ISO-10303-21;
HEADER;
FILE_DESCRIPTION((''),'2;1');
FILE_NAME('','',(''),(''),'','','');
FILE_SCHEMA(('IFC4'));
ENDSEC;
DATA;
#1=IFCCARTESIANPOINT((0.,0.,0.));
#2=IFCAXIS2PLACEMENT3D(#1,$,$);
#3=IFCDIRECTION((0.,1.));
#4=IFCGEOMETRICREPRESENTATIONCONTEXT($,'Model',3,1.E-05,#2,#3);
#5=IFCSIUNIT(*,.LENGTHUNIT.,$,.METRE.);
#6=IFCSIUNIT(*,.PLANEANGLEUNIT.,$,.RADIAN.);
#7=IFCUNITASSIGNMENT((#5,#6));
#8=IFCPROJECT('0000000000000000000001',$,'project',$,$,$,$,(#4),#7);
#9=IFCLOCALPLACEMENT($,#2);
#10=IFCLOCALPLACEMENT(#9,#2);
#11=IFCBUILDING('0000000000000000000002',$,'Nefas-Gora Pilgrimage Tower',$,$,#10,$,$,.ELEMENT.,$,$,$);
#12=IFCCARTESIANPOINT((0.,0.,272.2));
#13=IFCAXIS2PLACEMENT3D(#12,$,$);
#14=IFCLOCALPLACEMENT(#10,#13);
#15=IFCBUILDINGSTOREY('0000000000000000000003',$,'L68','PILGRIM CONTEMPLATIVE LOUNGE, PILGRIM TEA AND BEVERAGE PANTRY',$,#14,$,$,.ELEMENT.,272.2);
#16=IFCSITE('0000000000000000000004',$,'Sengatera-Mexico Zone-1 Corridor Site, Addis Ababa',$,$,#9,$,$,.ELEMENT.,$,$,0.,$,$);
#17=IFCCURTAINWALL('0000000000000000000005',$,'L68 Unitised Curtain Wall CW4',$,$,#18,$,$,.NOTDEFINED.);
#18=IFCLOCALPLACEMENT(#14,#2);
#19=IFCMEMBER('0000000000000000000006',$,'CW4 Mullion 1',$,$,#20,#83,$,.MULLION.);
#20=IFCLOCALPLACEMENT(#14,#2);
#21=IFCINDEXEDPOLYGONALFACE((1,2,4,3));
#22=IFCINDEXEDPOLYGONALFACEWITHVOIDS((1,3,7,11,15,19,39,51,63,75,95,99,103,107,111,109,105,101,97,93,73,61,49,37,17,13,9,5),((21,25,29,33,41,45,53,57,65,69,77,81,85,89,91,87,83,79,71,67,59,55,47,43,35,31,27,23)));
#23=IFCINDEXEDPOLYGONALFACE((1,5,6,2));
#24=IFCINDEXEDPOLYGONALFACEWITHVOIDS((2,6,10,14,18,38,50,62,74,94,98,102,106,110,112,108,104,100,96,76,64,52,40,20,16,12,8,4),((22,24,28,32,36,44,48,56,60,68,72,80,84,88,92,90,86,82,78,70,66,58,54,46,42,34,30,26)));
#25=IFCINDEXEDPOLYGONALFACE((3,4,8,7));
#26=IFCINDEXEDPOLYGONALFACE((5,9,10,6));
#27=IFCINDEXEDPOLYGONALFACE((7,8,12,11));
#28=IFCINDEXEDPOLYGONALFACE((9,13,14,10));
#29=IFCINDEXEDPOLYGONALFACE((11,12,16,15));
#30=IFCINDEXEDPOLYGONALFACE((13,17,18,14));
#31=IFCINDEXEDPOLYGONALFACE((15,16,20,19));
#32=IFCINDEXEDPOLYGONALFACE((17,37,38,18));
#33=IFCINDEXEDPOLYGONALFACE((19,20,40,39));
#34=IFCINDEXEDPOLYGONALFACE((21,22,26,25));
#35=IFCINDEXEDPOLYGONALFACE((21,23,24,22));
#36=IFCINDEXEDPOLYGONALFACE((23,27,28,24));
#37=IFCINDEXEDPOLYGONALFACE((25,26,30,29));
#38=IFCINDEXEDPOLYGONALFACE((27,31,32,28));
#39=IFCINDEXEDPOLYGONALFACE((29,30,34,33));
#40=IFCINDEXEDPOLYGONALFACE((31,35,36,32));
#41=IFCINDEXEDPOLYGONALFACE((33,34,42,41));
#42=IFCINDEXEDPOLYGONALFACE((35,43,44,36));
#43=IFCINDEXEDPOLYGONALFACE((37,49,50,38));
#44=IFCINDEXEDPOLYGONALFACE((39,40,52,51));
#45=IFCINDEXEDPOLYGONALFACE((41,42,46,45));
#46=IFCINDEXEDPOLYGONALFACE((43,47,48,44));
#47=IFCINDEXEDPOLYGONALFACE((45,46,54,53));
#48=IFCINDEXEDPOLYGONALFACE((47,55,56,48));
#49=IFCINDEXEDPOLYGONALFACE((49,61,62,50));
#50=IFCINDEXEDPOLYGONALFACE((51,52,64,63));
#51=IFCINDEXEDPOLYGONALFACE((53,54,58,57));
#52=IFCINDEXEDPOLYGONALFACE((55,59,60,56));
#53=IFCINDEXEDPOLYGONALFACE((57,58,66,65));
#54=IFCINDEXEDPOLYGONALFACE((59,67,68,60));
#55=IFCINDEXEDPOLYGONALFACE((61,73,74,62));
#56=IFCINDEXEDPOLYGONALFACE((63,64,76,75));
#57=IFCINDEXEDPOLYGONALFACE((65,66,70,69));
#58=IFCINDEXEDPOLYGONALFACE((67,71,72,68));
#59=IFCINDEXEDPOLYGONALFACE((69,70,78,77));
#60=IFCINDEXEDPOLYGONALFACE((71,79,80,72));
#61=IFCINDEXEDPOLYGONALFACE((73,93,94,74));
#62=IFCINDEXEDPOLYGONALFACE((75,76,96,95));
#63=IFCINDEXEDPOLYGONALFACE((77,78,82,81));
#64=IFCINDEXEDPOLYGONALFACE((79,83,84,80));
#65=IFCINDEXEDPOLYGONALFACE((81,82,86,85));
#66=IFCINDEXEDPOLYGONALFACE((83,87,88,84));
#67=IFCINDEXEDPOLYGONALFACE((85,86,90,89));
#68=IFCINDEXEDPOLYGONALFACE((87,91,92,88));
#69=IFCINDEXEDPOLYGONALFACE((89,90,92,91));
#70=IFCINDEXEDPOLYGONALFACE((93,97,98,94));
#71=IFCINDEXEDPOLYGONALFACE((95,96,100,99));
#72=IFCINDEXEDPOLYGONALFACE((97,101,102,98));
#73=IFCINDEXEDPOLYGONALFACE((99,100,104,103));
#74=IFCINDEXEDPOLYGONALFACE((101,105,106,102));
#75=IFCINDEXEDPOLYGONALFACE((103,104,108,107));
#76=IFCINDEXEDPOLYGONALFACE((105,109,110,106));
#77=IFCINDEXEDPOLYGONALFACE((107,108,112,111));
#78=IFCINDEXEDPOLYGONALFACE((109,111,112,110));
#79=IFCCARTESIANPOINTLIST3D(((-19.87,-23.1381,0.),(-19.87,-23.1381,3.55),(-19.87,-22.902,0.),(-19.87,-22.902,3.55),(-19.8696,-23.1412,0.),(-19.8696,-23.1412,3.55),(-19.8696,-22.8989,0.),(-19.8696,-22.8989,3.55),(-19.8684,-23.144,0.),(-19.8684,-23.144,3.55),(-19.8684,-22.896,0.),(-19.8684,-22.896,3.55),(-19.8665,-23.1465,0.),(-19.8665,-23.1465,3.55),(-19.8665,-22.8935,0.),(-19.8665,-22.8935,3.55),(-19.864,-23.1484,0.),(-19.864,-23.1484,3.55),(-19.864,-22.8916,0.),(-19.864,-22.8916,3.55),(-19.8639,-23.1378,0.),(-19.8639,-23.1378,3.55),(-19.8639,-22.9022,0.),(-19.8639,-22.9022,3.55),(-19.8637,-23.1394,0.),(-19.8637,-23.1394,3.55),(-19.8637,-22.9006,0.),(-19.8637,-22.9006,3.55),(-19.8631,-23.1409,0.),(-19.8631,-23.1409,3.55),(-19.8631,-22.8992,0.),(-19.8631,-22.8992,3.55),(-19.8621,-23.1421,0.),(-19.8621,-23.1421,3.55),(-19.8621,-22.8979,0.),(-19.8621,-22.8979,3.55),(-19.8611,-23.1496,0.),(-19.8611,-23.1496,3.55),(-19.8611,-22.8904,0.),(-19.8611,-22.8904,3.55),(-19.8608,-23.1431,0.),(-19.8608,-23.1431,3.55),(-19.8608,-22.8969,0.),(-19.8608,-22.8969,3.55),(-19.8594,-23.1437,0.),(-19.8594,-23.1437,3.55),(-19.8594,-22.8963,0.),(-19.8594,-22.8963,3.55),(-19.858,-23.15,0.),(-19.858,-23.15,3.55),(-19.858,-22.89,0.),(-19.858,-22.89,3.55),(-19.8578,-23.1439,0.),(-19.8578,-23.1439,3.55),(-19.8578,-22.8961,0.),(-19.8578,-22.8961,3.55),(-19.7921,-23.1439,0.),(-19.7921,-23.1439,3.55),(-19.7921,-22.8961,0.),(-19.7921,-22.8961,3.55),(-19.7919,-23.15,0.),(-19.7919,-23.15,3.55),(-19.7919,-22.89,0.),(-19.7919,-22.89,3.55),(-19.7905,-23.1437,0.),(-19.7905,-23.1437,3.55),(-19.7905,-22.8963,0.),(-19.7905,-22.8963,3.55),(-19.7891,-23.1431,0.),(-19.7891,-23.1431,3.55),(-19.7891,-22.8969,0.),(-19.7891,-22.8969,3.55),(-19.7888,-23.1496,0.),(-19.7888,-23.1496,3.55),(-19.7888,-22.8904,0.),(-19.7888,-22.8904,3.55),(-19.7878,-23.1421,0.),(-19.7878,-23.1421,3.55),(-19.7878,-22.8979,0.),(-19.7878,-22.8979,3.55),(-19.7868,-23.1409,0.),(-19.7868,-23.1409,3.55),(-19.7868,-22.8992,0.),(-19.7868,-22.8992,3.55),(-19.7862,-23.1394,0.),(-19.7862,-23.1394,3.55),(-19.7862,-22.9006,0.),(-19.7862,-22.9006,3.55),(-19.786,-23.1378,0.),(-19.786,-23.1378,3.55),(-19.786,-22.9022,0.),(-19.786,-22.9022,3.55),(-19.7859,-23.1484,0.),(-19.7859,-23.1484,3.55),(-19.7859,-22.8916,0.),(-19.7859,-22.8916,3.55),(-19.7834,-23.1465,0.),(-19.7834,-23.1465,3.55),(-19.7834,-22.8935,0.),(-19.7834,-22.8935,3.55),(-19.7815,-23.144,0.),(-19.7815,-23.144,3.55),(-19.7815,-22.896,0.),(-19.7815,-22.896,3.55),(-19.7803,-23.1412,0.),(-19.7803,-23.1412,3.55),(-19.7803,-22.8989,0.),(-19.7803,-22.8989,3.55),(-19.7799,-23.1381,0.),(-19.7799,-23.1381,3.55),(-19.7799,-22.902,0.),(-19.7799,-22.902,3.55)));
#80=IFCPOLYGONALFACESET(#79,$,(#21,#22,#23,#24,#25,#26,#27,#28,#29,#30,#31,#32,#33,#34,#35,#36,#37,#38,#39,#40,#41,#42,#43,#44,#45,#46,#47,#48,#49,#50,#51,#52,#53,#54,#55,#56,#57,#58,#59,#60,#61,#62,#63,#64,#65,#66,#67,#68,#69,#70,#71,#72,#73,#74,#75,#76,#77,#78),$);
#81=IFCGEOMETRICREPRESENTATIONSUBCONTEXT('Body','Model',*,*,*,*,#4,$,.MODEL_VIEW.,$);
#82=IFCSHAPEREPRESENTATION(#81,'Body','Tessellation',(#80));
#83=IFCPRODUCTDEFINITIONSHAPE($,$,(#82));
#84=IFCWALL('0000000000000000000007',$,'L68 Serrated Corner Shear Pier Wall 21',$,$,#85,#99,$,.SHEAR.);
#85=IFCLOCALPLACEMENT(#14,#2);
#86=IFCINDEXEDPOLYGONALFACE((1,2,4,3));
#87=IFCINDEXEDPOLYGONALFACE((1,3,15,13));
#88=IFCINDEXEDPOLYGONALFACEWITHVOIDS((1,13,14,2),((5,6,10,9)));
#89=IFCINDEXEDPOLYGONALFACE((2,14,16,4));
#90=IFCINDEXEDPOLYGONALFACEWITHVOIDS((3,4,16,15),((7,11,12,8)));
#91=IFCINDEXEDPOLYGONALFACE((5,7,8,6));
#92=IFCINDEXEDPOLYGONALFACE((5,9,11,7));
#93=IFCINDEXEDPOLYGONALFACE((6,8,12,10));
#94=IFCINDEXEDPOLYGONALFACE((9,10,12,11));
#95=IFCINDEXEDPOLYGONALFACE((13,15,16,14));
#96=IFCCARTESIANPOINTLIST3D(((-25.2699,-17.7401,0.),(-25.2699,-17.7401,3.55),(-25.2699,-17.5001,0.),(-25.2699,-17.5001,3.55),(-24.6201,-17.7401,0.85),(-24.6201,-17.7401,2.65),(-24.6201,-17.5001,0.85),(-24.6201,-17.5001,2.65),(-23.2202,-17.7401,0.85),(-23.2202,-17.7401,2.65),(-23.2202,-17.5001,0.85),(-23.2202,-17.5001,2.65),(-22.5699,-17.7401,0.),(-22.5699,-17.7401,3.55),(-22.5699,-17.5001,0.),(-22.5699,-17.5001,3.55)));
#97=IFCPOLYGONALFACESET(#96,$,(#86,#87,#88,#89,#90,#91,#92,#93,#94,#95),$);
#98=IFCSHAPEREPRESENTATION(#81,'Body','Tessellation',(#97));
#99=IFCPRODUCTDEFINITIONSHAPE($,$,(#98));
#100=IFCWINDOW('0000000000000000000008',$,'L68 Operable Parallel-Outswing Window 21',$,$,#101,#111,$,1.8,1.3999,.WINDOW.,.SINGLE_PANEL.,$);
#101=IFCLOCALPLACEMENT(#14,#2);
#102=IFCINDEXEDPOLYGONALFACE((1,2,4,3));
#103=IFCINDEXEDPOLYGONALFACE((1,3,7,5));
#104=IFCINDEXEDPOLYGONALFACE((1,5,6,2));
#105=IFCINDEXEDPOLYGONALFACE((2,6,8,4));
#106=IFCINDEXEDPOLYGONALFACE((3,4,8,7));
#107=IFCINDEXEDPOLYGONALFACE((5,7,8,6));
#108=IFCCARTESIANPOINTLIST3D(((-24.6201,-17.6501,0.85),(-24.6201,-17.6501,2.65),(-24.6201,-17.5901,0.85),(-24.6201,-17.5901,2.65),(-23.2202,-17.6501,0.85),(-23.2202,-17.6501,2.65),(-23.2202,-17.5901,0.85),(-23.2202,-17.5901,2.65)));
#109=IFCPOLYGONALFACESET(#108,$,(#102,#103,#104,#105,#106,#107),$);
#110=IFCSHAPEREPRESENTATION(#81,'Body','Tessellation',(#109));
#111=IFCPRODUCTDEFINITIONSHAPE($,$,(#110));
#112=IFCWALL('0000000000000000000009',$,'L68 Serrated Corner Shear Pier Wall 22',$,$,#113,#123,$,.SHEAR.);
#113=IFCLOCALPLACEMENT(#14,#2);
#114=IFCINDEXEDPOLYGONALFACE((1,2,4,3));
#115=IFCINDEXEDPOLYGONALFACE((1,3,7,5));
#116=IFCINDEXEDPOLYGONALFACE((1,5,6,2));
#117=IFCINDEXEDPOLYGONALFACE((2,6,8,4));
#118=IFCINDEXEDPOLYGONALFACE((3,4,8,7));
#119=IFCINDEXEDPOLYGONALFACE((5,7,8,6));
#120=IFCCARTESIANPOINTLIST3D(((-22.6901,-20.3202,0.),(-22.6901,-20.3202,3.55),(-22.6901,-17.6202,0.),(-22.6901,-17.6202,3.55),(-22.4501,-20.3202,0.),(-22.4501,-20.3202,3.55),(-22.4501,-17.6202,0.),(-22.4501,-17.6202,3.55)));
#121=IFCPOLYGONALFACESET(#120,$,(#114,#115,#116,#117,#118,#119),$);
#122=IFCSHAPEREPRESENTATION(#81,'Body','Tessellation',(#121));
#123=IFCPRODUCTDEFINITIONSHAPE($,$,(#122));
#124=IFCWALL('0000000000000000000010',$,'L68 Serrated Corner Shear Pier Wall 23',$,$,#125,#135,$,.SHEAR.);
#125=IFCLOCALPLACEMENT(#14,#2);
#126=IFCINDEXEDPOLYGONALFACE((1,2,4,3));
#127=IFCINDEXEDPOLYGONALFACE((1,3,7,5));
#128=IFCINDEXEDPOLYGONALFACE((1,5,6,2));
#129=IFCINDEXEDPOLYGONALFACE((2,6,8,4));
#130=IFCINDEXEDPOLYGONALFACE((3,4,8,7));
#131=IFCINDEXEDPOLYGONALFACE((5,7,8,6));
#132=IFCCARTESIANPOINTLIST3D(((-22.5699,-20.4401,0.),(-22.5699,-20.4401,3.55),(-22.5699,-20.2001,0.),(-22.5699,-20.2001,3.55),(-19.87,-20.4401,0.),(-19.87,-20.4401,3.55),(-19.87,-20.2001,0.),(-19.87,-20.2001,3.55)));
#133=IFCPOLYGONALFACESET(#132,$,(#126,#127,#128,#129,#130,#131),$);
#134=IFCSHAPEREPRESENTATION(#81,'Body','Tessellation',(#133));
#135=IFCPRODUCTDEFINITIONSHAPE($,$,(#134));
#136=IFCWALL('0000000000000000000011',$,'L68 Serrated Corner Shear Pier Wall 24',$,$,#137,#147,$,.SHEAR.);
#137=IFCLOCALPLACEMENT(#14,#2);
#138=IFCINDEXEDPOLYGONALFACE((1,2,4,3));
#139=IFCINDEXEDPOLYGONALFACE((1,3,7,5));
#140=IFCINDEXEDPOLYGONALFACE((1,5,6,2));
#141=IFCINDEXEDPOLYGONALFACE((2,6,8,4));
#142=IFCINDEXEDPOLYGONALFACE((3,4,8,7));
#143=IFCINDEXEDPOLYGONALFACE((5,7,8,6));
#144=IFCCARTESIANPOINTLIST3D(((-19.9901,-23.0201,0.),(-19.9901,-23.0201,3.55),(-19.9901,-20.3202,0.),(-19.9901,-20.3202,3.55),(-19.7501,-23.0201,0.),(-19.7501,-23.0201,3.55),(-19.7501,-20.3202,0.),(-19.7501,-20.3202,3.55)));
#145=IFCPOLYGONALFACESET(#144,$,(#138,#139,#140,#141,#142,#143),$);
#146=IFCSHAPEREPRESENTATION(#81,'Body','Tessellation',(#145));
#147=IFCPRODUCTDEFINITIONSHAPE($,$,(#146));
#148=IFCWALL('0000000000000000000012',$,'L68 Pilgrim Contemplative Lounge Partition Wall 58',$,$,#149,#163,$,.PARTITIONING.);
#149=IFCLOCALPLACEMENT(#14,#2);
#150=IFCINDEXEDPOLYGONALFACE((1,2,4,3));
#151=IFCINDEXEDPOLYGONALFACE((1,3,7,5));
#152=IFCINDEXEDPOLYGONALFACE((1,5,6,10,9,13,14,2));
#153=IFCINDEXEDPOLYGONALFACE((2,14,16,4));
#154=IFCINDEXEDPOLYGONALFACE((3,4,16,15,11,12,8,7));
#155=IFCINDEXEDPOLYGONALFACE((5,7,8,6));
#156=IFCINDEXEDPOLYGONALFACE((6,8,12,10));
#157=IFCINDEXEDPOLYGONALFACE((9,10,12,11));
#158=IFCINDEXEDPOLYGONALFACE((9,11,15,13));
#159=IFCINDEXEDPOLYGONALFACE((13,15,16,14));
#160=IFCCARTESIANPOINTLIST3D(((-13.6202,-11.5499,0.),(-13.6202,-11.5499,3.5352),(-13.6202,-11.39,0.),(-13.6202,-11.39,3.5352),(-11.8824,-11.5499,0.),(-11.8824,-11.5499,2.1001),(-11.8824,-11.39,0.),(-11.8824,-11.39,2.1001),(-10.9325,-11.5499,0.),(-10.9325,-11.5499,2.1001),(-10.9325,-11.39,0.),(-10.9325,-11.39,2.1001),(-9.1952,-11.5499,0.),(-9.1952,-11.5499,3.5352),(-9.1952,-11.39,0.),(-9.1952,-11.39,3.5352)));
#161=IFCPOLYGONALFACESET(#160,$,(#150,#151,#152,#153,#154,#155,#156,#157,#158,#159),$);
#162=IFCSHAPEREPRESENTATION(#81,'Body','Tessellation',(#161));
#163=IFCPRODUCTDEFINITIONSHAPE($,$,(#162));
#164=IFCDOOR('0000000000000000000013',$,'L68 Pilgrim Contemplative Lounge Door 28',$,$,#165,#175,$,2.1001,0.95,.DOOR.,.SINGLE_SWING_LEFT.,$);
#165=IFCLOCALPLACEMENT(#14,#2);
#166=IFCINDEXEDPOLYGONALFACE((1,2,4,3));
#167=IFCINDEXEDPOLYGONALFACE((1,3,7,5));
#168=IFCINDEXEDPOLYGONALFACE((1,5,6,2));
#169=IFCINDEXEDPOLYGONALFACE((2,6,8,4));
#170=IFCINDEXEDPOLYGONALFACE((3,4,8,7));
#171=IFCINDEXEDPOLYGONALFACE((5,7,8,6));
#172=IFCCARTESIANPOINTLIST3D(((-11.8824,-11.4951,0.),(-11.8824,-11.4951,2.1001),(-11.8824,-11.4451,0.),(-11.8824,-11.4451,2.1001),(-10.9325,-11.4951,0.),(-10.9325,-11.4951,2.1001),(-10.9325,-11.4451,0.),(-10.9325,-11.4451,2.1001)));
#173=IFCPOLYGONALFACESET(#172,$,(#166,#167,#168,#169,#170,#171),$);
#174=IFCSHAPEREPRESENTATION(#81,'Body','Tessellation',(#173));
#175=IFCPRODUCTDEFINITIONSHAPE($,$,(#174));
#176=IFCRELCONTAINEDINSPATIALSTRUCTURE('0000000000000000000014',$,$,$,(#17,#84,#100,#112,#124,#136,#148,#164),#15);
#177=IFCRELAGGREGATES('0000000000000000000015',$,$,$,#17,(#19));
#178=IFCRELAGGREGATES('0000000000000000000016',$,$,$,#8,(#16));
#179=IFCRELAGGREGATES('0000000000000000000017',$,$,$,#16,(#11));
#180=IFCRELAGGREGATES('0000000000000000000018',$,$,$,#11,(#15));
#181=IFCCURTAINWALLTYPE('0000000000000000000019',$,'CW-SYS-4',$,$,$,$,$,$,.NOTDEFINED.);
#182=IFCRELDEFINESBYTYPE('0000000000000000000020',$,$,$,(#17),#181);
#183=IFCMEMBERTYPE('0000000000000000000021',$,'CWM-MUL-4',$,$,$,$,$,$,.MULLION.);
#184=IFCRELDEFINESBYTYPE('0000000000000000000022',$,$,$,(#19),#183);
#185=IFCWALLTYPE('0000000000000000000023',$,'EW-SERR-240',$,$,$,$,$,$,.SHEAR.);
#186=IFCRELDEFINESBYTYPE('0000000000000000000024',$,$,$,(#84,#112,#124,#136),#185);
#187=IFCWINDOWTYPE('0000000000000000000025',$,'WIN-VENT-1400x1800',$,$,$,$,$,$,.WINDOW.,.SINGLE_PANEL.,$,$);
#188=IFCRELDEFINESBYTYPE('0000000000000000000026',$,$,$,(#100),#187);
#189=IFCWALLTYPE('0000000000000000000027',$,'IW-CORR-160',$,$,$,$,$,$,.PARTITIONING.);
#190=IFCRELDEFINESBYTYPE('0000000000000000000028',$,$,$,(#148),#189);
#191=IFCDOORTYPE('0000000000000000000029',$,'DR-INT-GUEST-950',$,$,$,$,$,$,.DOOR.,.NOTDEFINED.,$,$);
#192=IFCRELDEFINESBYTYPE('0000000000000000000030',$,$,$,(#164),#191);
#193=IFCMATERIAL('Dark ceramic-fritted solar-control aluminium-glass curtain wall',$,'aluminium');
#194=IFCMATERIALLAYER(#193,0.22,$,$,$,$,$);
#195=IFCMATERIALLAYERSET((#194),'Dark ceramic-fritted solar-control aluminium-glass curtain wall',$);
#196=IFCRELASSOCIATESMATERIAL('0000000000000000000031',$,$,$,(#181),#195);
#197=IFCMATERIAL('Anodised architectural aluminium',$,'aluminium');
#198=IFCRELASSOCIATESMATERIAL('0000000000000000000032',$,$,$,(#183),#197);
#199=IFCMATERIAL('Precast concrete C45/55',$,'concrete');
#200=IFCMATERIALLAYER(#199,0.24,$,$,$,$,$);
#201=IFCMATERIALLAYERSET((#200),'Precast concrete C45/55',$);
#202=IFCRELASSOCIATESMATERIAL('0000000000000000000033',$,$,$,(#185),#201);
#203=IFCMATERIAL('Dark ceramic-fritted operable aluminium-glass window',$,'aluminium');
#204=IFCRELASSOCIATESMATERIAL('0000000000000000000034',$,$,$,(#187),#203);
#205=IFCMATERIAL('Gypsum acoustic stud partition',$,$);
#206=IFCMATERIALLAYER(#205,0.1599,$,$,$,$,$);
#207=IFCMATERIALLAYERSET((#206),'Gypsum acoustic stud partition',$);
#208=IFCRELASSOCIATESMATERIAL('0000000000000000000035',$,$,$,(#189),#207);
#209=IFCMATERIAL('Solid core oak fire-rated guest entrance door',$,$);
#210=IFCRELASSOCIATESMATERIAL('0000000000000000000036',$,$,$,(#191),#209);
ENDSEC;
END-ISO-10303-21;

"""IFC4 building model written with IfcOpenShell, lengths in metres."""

from ifc_helpers import new_model, si_unit, direction, frame, frame_2d, origin, origin_2d, place, context, subcontext, project, spatial, rectangle, hollow_rectangle, extrude, source, transform, mapped, material, layer, layer_set, material_profile, profile_set, type_object, element, fill, aggregate, save


model = new_model("IFC4")

# Units and contexts
model_context = context("Model", 3, precision=1e-05, world=origin(), true_north=direction((0.0, 1.0)))
body_context = subcontext(model_context, "Body", "Model", "MODEL_VIEW")
ifc_project = project(units=[si_unit("LENGTHUNIT", "METRE"), si_unit("PLANEANGLEUNIT", "RADIAN")], contexts=[model_context])

# Site, building, storey
site_placement = place(None, origin())
site = spatial("IfcSite", under=ifc_project, at=site_placement, Name="Sengatera-Mexico Zone-1 Corridor Site, Addis Ababa", CompositionType="ELEMENT", RefElevation=0.0)
building_placement = place(site_placement, origin())
building = spatial("IfcBuilding", under=site, at=building_placement, Name="Nefas-Gora Pilgrimage Tower", CompositionType="ELEMENT")
storey_placement = place(building_placement, frame((0.0, 0.0, 272.2)))
storey = spatial("IfcBuildingStorey", under=building, at=storey_placement, Name="L68", Description="PILGRIM CONTEMPLATIVE LOUNGE, PILGRIM TEA AND BEVERAGE PANTRY", CompositionType="ELEMENT", Elevation=272.2)

# Curtain wall
ifc_material_1 = material(Name="Dark ceramic-fritted solar-control aluminium-glass curtain wall", Category="aluminium")
ifc_layer_1 = layer(ifc_material_1, 0.22)
ifc_layer_set_1 = layer_set([ifc_layer_1], Name="Dark ceramic-fritted solar-control aluminium-glass curtain wall")
curtain_wall_type = type_object("IfcCurtainWallType", Name="CW-SYS-4", PredefinedType="NOTDEFINED", material=ifc_layer_set_1)
curtain_wall_1_placement = place(storey_placement, origin())
curtain_wall_1 = element("IfcCurtainWall", 1, at=curtain_wall_1_placement, inside=storey, type_object=curtain_wall_type, Name="L68 Unitised Curtain Wall CW4", PredefinedType="NOTDEFINED")
ifc_material_2 = material(Name="Anodised architectural aluminium", Category="aluminium")
ifc_material_profile_1 = material_profile(ifc_material_2, hollow_rectangle(XDim=0.0901, YDim=0.26, WallThickness=0.0061, InnerFilletRadius=0.0061, OuterFilletRadius=0.012, at=origin_2d()), Name="ALU MULLION 90x260")
ifc_profile_set_1 = profile_set([ifc_material_profile_1], Name="Anodised architectural aluminium")
member_type_1 = type_object("IfcMemberType", Name="CWM-MUL-4", PredefinedType="MULLION", material=ifc_profile_set_1)
shared_shape_1 = source(origin(), body_context, "Body", "SweptSolid", [
    extrude(hollow_rectangle(XDim=0.0901, YDim=0.26, WallThickness=0.0061, InnerFilletRadius=0.0061, OuterFilletRadius=0.012, at=origin_2d()), origin(), (0.0, 0.0, 1.0), 3.55),
])

# Member
member_1_placement = place(storey_placement, frame((-19.825, -23.02, 0.0), z_axis=(0.0, 0.0, 1.0), x_axis=(1.0, 0.0, 0.0)))
member_1 = element("IfcMember", 2, at=member_1_placement, type_object=member_type_1, Name="CW4 Mullion 1", PredefinedType="MULLION", context=body_context, shape_type="MappedRepresentation", body=[
    mapped(shared_shape_1, transform((0.0, 0.0, 0.0), x_axis=(1.0, 0.0, 0.0), y_axis=(0.0, 1.0, 0.0), z_axis=(0.0, 0.0, 1.0), scale=1.0)),
])
aggregate(curtain_wall_1, [member_1])

# Wall, opening, window
ifc_material_3 = material(Name="Precast concrete C45/55", Category="concrete")
ifc_layer_2 = layer(ifc_material_3, 0.24)
ifc_layer_set_2 = layer_set([ifc_layer_2], Name="Precast concrete C45/55")
wall_type_1 = type_object("IfcWallType", Name="EW-SERR-240", PredefinedType="SHEAR", material=ifc_layer_set_2)
shared_shape_2 = source(origin(), body_context, "Body", "SweptSolid", [
    extrude(rectangle(XDim=2.7, YDim=0.24, at=frame_2d((1.3501, 0.0))), origin(), (0.0, 0.0, 1.0), 3.55),
])
wall_1_placement = place(storey_placement, frame((-25.27, -17.6201, 0.0), z_axis=(0.0, 0.0, 1.0), x_axis=(1.0, 0.0, 0.0)))
wall_1 = element("IfcWall", 3, at=wall_1_placement, inside=storey, type_object=wall_type_1, Name="L68 Serrated Corner Shear Pier Wall 21", PredefinedType="SHEAR", context=body_context, shape_type="MappedRepresentation", body=[
    mapped(shared_shape_2, transform((0.0, 0.0, 0.0), x_axis=(1.0, 0.0, 0.0), y_axis=(0.0, 1.0, 0.0), z_axis=(0.0, 0.0, 1.0), scale=1.0)),
])
opening_1_placement = place(wall_1_placement, frame((0.6499, 0.0, 0.8501)))
opening_1 = element("IfcOpeningElement", 4, at=opening_1_placement, cuts=wall_1, PredefinedType="OPENING", context=body_context, shape_type="SweptSolid", body=[
    extrude(rectangle(XDim=1.3999, YDim=1.8, at=frame_2d((0.7, 0.8999))), frame((0.0, 0.1299, 0.0), z_axis=(0.0, -1.0, 0.0), x_axis=(1.0, 0.0, 0.0)), (0.0, 0.0, 1.0), 0.26),
])
ifc_material_4 = material(Name="Dark ceramic-fritted operable aluminium-glass window", Category="aluminium")
window_type = type_object("IfcWindowType", Name="WIN-VENT-1400x1800", PartitioningType="SINGLE_PANEL", PredefinedType="WINDOW", material=ifc_material_4)
shared_shape_3 = source(origin(), body_context, "Body", "SweptSolid", [
    extrude(rectangle(XDim=1.3999, YDim=1.8, at=frame_2d((0.7, 0.8999))), frame((0.0, 0.03, 0.0), z_axis=(0.0, -1.0, 0.0), x_axis=(1.0, 0.0, 0.0)), (0.0, 0.0, 1.0), 0.0601),
])
window_placement = place(opening_1_placement, origin())
window = element("IfcWindow", 5, at=window_placement, inside=storey, type_object=window_type, Name="L68 Operable Parallel-Outswing Window 21", OverallHeight=1.8, OverallWidth=1.3999, PartitioningType="SINGLE_PANEL", PredefinedType="WINDOW", context=body_context, shape_type="MappedRepresentation", body=[
    mapped(shared_shape_3, transform((0.0, 0.0, 0.0), x_axis=(1.0, 0.0, 0.0), y_axis=(0.0, 1.0, 0.0), z_axis=(0.0, 0.0, 1.0), scale=1.0)),
])
fill(opening_1, window)

# Walls
for number, where, z_axis, x_axis, name in (
    (6, (-22.5701, -17.6201, 0.0), (0.0, 0.0, 1.0), (0.0, -1.0, 0.0), "L68 Serrated Corner Shear Pier Wall 22"),
    (7, (-22.5701, -20.3201, 0.0), (0.0, 0.0, 1.0), (1.0, 0.0, 0.0), "L68 Serrated Corner Shear Pier Wall 23"),
    (8, (-19.8701, -20.3201, 0.0), (0.0, 0.0, 1.0), (0.0, -1.0, 0.0), "L68 Serrated Corner Shear Pier Wall 24"),
):
    element("IfcWall", number, at=place(storey_placement, frame(where, z_axis=z_axis, x_axis=x_axis)), inside=storey, type_object=wall_type_1, Name=name, PredefinedType="SHEAR", context=body_context, shape_type="MappedRepresentation", body=[
        mapped(shared_shape_2, transform((0.0, 0.0, 0.0), x_axis=(1.0, 0.0, 0.0), y_axis=(0.0, 1.0, 0.0), z_axis=(0.0, 0.0, 1.0), scale=1.0)),
    ])

# Wall, opening, door
ifc_material_5 = material(Name="Gypsum acoustic stud partition")
ifc_layer_3 = layer(ifc_material_5, 0.1599)
ifc_layer_set_3 = layer_set([ifc_layer_3], Name="Gypsum acoustic stud partition")
wall_type_2 = type_object("IfcWallType", Name="IW-CORR-160", PredefinedType="PARTITIONING", material=ifc_layer_set_3)
shared_shape_4 = source(origin(), body_context, "Body", "SweptSolid", [
    extrude(rectangle(XDim=4.425, YDim=0.1599, at=frame_2d((2.2124, 0.0))), origin(), (0.0, 0.0, 1.0), 3.5352),
])
wall_2_placement = place(storey_placement, frame((-13.6201, -11.47, 0.0), z_axis=(0.0, 0.0, 1.0), x_axis=(1.0, 0.0, 0.0)))
wall_2 = element("IfcWall", 9, at=wall_2_placement, inside=storey, type_object=wall_type_2, Name="L68 Pilgrim Contemplative Lounge Partition Wall 58", PredefinedType="PARTITIONING", context=body_context, shape_type="MappedRepresentation", body=[
    mapped(shared_shape_4, transform((0.0, 0.0, 0.0), x_axis=(1.0, 0.0, 0.0), y_axis=(0.0, 1.0, 0.0), z_axis=(0.0, 0.0, 1.0), scale=1.0)),
])
opening_2_placement = place(wall_2_placement, frame((1.7375, 0.0, 0.0)))
opening_2 = element("IfcOpeningElement", 10, at=opening_2_placement, cuts=wall_2, PredefinedType="OPENING", context=body_context, shape_type="SweptSolid", body=[
    extrude(rectangle(XDim=0.95, YDim=2.1001, at=frame_2d((0.4751, 1.05))), frame((0.0, 0.0898, 0.0), z_axis=(0.0, -1.0, 0.0), x_axis=(1.0, 0.0, 0.0)), (0.0, 0.0, 1.0), 0.1799),
])
ifc_material_6 = material(Name="Solid core oak fire-rated guest entrance door")
door_type = type_object("IfcDoorType", Name="DR-INT-GUEST-950", OperationType="NOTDEFINED", PredefinedType="DOOR", material=ifc_material_6)
shared_shape_5 = source(origin(), body_context, "Body", "SweptSolid", [
    extrude(rectangle(XDim=0.95, YDim=2.1001, at=frame_2d((0.4751, 1.05))), frame((0.0, 0.0249, 0.0), z_axis=(0.0, -1.0, 0.0), x_axis=(1.0, 0.0, 0.0)), (0.0, 0.0, 1.0), 0.05),
])
door_1_placement = place(opening_2_placement, origin())
door_1 = element("IfcDoor", 11, at=door_1_placement, inside=storey, type_object=door_type, Name="L68 Pilgrim Contemplative Lounge Door 28", OperationType="SINGLE_SWING_LEFT", OverallHeight=2.1001, OverallWidth=0.95, PredefinedType="DOOR", context=body_context, shape_type="MappedRepresentation", body=[
    mapped(shared_shape_5, transform((0.0, 0.0, 0.0), x_axis=(1.0, 0.0, 0.0), y_axis=(0.0, 1.0, 0.0), z_axis=(0.0, 0.0, 1.0), scale=1.0)),
])
fill(opening_2, door_1)

save(model, "model.ifc")
